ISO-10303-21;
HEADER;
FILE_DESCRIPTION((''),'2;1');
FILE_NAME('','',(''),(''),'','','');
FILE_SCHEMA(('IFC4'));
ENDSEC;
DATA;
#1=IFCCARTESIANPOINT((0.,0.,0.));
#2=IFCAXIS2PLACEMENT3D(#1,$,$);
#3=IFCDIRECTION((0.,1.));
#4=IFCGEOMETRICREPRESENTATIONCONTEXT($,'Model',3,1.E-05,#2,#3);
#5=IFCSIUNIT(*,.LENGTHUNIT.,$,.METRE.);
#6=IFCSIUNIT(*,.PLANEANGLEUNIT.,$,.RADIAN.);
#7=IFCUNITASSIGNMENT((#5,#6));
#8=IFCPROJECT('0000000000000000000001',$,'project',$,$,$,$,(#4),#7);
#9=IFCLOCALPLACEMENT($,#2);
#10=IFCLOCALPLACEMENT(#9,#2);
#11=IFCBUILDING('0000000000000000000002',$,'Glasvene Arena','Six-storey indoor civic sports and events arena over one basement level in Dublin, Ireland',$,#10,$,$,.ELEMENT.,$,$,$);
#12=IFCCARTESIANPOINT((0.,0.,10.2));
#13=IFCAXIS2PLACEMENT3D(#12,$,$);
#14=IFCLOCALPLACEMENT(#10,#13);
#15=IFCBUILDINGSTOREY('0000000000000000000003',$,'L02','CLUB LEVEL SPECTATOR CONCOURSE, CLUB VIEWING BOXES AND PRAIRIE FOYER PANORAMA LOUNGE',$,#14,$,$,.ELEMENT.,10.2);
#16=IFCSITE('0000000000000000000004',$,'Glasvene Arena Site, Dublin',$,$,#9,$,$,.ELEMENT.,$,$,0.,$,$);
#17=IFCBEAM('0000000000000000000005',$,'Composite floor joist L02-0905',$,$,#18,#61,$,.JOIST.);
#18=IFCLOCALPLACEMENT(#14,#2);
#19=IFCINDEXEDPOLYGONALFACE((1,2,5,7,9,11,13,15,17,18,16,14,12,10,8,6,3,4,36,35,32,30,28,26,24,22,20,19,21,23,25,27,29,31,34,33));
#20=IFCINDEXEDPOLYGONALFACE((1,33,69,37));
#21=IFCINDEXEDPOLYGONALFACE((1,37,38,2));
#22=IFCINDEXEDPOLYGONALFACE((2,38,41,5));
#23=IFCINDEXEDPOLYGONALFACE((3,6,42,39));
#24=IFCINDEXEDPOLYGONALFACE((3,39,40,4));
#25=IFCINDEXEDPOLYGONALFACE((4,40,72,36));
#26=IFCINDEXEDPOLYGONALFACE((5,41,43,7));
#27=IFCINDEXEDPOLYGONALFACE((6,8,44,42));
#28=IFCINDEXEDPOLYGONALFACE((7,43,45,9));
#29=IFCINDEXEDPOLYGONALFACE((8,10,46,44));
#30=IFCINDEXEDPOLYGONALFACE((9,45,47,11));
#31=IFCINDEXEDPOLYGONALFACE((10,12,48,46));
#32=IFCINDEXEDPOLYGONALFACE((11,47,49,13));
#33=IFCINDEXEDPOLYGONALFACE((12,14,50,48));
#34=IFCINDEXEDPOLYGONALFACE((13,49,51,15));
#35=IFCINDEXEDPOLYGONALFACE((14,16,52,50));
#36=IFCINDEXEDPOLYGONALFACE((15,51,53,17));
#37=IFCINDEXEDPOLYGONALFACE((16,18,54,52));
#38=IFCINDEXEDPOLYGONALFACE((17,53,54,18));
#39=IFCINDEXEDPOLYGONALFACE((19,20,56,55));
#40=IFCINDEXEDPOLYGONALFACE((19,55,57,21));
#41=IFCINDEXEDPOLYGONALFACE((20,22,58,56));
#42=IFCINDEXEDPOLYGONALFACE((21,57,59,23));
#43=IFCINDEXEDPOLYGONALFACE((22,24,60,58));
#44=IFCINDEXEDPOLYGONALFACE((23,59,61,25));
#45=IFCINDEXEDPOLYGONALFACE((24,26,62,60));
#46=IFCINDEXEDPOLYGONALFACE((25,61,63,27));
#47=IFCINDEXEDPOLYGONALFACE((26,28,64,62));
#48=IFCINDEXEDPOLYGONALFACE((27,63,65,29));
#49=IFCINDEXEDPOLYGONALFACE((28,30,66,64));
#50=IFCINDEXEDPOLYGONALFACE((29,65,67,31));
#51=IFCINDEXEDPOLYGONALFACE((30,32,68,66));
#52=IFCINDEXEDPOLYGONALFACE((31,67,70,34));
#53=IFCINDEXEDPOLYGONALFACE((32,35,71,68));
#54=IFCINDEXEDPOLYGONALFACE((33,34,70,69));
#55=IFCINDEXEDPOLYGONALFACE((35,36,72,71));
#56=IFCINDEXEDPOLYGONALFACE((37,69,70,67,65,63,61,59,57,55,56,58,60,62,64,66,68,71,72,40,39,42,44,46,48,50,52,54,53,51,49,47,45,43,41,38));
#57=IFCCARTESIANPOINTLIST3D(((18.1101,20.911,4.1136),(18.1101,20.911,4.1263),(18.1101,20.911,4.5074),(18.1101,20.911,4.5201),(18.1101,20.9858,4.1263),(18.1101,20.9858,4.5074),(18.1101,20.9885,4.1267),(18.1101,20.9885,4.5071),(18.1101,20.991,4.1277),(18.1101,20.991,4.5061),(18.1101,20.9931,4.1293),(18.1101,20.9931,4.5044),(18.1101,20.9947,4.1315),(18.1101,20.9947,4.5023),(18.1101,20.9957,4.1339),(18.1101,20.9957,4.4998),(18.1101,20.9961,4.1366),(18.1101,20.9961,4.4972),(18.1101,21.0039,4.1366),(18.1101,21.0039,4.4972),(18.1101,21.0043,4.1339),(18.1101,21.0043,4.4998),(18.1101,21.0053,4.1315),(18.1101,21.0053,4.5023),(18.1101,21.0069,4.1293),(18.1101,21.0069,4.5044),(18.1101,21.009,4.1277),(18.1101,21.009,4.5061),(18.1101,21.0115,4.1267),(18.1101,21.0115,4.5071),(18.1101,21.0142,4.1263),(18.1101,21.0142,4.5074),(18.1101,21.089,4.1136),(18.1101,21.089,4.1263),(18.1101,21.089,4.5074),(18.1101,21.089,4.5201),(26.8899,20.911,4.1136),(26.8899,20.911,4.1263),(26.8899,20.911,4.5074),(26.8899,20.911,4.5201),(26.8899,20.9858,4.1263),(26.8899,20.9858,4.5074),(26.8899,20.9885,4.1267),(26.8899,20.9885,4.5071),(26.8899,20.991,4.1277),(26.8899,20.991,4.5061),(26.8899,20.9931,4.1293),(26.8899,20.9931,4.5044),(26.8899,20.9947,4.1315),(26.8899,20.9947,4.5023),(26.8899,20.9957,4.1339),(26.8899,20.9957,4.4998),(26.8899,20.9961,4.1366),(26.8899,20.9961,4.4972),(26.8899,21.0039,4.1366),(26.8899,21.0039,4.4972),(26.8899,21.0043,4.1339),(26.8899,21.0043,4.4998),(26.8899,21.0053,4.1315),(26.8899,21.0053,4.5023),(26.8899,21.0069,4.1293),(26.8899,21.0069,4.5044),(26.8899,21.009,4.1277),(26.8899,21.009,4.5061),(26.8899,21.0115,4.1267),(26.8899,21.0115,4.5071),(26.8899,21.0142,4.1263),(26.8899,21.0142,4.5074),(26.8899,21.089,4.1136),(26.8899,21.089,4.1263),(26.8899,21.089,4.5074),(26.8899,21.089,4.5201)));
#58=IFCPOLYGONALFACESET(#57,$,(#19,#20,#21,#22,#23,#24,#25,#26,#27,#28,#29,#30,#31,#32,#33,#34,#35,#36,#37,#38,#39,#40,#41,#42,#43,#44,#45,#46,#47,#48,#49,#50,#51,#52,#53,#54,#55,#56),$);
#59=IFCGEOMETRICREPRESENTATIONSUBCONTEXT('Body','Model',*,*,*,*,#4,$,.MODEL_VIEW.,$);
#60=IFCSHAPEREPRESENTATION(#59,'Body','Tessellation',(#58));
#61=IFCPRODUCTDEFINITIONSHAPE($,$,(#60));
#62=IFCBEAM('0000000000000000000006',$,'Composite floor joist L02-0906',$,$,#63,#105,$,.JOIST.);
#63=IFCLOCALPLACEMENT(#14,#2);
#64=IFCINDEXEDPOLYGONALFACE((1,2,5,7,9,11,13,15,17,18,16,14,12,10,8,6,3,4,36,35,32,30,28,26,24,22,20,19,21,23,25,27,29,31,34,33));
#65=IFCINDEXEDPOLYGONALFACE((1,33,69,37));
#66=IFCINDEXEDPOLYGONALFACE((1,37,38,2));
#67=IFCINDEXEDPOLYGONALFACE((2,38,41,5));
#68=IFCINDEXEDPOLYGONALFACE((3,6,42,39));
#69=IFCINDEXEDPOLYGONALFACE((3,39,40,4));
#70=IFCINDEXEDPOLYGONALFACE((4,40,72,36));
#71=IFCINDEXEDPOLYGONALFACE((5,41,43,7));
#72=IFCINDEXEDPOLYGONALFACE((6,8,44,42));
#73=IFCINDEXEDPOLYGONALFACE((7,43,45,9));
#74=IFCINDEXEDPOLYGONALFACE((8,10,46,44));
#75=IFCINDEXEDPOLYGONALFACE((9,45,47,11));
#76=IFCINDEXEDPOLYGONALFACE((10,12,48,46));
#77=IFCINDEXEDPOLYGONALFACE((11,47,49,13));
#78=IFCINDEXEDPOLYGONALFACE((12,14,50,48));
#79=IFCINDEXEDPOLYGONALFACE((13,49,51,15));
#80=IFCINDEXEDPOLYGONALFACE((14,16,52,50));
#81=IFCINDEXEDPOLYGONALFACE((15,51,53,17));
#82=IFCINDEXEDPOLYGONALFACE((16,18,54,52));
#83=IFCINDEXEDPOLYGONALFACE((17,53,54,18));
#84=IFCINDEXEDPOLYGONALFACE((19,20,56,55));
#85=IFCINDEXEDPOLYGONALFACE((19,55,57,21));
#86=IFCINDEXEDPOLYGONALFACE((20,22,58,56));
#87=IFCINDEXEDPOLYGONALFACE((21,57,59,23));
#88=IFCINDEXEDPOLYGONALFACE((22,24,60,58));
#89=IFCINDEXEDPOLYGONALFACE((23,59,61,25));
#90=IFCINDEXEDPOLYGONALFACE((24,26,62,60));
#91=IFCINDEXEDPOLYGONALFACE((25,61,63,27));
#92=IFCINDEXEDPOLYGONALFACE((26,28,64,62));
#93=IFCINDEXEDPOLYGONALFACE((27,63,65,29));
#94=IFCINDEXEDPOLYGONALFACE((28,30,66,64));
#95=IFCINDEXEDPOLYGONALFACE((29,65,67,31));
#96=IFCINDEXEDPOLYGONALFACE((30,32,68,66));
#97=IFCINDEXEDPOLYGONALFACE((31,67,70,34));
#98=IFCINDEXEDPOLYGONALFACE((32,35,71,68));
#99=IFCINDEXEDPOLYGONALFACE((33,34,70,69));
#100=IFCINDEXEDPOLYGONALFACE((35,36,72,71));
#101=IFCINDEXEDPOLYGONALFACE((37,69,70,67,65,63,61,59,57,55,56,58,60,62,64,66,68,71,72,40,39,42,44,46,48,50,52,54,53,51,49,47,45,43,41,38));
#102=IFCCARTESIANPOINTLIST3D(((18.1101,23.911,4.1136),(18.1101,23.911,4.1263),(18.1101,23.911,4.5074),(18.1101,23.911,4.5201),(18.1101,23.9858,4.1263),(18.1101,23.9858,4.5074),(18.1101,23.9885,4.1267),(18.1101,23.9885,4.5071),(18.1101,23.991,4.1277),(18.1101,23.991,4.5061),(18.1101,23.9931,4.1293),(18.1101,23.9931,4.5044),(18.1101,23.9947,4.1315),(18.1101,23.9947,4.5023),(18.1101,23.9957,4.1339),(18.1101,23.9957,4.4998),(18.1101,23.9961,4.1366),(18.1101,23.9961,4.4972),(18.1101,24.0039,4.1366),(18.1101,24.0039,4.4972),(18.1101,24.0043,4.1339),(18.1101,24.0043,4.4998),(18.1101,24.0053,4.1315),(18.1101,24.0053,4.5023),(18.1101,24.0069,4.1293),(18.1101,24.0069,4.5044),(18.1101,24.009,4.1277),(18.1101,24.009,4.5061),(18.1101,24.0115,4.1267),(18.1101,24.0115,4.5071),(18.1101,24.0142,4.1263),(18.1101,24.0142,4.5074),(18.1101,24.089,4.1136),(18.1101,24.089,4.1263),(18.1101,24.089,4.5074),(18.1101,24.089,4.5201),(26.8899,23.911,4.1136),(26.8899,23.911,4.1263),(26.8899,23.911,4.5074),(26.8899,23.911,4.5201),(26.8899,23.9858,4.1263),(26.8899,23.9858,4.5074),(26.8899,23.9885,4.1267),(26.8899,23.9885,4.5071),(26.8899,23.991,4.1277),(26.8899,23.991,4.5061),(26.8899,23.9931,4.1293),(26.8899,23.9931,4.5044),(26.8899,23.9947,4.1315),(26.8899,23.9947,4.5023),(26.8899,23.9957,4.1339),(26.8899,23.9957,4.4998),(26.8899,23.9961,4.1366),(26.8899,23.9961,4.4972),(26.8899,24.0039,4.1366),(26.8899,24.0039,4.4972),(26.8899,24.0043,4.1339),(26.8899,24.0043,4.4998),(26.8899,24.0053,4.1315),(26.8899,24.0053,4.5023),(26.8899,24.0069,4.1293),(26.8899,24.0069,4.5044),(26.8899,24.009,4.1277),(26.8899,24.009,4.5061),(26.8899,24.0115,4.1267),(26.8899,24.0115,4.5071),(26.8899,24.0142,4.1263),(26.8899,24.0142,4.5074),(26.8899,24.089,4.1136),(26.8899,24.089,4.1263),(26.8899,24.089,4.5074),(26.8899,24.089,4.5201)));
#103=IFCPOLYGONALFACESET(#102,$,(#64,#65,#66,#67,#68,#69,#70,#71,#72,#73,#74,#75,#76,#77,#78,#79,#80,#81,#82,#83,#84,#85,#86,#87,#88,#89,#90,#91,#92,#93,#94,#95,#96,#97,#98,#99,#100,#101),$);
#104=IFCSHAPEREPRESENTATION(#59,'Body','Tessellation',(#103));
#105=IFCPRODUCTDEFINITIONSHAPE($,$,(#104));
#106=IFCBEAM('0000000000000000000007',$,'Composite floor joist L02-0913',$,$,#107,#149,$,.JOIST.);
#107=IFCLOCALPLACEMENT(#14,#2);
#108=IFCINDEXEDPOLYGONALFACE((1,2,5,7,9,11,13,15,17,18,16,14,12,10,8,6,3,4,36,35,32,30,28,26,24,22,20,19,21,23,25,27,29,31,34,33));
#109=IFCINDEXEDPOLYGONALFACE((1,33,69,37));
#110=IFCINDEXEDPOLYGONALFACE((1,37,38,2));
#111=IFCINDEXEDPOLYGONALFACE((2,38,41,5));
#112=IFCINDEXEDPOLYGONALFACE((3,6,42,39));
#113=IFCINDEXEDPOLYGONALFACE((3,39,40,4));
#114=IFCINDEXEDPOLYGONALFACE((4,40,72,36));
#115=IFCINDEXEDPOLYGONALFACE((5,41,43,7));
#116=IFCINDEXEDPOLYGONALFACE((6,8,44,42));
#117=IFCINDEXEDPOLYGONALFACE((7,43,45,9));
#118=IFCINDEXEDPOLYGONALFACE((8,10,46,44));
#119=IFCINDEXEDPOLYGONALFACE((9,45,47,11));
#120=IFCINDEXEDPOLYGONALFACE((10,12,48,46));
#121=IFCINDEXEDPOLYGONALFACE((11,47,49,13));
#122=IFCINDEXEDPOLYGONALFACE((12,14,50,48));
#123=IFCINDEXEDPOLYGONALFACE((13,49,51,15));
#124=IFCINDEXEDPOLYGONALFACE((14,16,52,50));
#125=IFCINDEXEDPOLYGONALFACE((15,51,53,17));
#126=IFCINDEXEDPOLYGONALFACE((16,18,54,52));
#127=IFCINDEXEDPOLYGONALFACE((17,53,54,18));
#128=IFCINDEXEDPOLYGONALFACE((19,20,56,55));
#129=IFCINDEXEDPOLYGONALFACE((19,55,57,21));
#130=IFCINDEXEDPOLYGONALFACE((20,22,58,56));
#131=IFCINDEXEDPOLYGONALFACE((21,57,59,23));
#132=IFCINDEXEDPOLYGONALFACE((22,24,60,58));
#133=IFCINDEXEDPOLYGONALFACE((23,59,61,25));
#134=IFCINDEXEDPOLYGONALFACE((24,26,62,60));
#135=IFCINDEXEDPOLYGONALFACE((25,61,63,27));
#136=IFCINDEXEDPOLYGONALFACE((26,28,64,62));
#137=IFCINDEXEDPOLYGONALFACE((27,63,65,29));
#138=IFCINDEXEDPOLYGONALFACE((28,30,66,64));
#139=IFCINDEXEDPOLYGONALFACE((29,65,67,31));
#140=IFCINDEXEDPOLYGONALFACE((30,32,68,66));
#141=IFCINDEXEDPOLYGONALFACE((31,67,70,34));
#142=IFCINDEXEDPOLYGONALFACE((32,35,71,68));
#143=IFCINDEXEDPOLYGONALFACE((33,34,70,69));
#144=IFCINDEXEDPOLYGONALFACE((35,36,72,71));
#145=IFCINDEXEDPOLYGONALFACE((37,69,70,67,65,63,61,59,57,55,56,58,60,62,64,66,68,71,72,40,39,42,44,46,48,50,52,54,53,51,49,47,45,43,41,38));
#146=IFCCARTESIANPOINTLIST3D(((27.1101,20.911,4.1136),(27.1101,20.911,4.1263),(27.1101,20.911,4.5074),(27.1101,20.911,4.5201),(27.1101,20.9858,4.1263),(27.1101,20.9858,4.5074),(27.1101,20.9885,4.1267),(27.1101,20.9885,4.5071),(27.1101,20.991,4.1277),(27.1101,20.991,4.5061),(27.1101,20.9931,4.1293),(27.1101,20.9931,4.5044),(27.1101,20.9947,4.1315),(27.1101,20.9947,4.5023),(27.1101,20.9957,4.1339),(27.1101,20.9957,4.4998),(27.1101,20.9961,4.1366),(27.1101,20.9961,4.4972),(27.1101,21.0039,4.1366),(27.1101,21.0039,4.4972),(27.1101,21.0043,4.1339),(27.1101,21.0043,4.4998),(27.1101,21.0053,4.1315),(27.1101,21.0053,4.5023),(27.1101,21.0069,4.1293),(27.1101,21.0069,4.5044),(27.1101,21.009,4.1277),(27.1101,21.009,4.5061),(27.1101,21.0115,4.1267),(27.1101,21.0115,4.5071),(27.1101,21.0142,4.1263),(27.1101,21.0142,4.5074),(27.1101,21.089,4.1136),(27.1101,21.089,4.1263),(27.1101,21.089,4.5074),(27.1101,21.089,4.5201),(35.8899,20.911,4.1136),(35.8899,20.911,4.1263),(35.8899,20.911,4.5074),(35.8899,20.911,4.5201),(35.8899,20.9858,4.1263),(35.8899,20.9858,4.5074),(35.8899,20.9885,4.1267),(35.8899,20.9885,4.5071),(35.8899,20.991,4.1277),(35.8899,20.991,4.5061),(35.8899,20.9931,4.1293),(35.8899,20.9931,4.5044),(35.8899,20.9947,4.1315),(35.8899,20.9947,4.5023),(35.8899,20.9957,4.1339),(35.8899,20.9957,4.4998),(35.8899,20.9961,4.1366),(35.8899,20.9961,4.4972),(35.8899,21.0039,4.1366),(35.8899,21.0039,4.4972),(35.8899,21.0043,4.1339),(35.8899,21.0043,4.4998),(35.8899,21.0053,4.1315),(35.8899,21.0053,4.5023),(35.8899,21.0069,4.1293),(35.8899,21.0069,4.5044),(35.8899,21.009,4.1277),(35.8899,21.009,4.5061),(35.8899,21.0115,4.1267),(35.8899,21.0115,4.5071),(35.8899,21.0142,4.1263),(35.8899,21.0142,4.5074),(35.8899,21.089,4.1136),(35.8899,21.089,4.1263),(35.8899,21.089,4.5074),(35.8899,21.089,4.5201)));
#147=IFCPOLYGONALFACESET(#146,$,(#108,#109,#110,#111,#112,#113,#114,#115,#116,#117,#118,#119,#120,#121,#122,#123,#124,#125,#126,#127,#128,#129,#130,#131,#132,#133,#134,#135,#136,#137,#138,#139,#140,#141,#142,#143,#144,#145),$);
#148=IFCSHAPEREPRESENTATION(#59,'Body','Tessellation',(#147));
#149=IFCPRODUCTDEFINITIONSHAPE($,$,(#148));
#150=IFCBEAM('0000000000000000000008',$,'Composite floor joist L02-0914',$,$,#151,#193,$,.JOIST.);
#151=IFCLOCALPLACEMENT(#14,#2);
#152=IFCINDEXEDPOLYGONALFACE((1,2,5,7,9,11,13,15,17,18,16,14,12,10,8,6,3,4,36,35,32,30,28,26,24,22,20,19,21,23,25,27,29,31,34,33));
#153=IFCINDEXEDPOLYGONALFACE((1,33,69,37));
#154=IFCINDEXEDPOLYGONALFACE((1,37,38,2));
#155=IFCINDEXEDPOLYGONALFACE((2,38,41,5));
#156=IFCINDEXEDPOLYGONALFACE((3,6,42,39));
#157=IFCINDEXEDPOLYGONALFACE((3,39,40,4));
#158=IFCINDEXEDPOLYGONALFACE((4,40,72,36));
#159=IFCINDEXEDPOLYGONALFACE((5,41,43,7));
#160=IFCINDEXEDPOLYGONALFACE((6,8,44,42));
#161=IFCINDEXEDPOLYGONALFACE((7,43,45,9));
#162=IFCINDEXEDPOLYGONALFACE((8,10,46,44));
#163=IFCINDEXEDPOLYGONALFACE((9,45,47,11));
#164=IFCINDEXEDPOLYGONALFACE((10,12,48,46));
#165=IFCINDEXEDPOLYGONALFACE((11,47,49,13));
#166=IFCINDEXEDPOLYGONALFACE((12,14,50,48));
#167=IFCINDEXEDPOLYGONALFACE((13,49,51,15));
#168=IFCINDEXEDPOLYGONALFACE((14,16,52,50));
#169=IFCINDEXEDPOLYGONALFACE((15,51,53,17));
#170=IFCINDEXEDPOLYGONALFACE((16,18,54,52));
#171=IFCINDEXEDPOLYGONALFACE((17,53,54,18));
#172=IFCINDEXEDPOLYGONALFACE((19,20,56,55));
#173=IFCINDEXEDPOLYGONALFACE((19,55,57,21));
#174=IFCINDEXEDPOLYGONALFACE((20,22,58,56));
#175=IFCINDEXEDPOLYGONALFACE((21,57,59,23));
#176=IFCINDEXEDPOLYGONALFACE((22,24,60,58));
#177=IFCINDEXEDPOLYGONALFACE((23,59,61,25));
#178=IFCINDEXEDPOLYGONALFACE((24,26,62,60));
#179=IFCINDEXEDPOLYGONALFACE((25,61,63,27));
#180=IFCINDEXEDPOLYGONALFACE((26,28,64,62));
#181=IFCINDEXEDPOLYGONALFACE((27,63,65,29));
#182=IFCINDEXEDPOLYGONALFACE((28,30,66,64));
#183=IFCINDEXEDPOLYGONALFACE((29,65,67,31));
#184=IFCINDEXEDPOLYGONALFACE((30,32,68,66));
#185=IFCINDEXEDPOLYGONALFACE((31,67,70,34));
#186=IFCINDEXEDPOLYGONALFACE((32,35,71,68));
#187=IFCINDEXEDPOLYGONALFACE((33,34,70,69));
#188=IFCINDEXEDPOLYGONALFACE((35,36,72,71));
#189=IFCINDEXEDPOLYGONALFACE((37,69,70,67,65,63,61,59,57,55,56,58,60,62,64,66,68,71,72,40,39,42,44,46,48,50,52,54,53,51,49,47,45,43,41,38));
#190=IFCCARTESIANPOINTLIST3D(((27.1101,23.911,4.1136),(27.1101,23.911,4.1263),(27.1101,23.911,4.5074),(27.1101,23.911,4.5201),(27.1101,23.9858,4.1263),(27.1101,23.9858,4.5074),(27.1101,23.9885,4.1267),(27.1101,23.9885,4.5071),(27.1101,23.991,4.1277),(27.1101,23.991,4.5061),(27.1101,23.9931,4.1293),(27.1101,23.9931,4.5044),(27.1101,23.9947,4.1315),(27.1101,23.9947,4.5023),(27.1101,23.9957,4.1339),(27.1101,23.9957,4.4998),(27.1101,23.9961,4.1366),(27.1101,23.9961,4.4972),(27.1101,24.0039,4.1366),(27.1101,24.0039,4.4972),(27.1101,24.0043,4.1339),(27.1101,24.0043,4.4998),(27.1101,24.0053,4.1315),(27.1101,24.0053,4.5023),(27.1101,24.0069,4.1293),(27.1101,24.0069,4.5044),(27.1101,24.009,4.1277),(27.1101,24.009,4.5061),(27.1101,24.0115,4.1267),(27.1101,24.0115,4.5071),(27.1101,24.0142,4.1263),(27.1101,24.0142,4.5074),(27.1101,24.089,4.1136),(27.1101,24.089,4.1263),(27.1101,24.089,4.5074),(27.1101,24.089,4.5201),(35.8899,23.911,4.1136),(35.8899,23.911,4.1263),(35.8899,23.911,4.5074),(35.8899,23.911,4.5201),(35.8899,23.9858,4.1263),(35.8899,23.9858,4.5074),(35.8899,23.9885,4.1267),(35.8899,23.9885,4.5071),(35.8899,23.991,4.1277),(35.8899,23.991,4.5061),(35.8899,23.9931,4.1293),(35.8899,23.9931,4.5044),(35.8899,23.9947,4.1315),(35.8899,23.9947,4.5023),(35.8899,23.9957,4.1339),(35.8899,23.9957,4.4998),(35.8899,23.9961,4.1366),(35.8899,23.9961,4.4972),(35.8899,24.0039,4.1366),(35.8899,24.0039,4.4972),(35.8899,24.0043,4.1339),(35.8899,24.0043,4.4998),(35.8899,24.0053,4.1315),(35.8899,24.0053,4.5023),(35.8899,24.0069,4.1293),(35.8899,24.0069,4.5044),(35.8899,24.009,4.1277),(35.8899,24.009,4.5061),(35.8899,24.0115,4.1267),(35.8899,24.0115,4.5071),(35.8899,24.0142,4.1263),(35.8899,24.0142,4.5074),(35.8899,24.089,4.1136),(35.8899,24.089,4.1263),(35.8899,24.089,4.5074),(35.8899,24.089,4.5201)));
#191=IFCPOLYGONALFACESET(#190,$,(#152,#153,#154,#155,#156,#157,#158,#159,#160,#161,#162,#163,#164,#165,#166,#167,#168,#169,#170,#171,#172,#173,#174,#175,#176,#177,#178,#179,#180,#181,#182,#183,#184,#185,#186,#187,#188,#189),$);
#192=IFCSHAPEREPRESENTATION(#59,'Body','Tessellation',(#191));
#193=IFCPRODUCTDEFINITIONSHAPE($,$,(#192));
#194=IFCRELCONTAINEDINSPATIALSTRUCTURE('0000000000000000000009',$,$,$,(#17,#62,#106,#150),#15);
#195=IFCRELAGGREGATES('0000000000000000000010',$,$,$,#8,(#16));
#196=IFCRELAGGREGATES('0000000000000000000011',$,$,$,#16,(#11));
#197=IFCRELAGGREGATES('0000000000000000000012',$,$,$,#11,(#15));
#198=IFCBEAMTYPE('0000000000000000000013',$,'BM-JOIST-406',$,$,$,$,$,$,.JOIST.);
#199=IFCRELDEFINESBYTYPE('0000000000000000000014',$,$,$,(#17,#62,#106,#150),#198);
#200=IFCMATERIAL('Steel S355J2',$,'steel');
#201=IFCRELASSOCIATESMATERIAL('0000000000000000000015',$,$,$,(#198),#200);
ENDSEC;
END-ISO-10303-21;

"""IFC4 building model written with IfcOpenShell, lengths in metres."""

from ifc_helpers import new_model, si_unit, direction, frame, origin, origin_2d, place, context, subcontext, project, spatial, i_section, extrude, material, material_profile, profile_set, type_object, element, save


model = new_model("IFC4")

# Units and contexts
model_context = context("Model", 3, precision=1e-05, world=origin(), true_north=direction((0.0, 1.0)))
body_context = subcontext(model_context, "Body", "Model", "MODEL_VIEW")
ifc_project = project(units=[si_unit("LENGTHUNIT", "METRE"), si_unit("PLANEANGLEUNIT", "RADIAN")], contexts=[model_context])

# Site, building, storey
site_placement = place(None, origin())
site = spatial("IfcSite", under=ifc_project, at=site_placement, Name="Glasvene Arena Site, Dublin", CompositionType="ELEMENT", RefElevation=0.0)
building_placement = place(site_placement, origin())
building = spatial("IfcBuilding", under=site, at=building_placement, Name="Glasvene Arena", Description="Six-storey indoor civic sports and events arena over one basement level in Dublin, Ireland", CompositionType="ELEMENT")
storey_placement = place(building_placement, frame((0.0, 0.0, 10.2)))
storey = spatial("IfcBuildingStorey", under=building, at=storey_placement, Name="L02", Description="CLUB LEVEL SPECTATOR CONCOURSE, CLUB VIEWING BOXES AND PRAIRIE FOYER PANORAMA LOUNGE", CompositionType="ELEMENT", Elevation=10.2)

# Shared definitions
ifc_material_1 = material(Name="Steel S355J2", Category="steel")

# Beams
ifc_material_profile_1 = material_profile(ifc_material_1, i_section(OverallWidth=0.178, OverallDepth=0.4065, WebThickness=0.0078, FlangeThickness=0.0127, FilletRadius=0.0103, at=origin_2d()), Name="UKB 406x178x60")
ifc_profile_set_1 = profile_set([ifc_material_profile_1], Name="Steel S355J2")
beam_type_1 = type_object("IfcBeamType", Name="BM-JOIST-406", PredefinedType="JOIST", material=ifc_profile_set_1)
for number, where, z_axis, x_axis, name in (
    (1, (18.1101, 21.0, 4.3169), (1.0, 0.0, 0.0), (0.0, 1.0, 0.0), "Composite floor joist L02-0905"),
    (2, (18.1101, 24.0, 4.3169), (1.0, 0.0, 0.0), (0.0, 1.0, 0.0), "Composite floor joist L02-0906"),
    (3, (27.1101, 21.0, 4.3169), (1.0, 0.0, 0.0), (0.0, 1.0, 0.0), "Composite floor joist L02-0913"),
    (4, (27.1101, 24.0, 4.3169), (1.0, 0.0, 0.0), (0.0, 1.0, 0.0), "Composite floor joist L02-0914"),
):
    element("IfcBeam", number, at=place(storey_placement, frame(where, z_axis=z_axis, x_axis=x_axis)), inside=storey, type_object=beam_type_1, Name=name, PredefinedType="JOIST", context=body_context, shape_type="SweptSolid", body=[
        extrude(i_section(OverallWidth=0.178, OverallDepth=0.4065, WebThickness=0.0078, FlangeThickness=0.0127, FilletRadius=0.0103, at=origin_2d()), origin(), (0.0, 0.0, 1.0), 8.7798),
    ])

save(model, "model.ifc")
